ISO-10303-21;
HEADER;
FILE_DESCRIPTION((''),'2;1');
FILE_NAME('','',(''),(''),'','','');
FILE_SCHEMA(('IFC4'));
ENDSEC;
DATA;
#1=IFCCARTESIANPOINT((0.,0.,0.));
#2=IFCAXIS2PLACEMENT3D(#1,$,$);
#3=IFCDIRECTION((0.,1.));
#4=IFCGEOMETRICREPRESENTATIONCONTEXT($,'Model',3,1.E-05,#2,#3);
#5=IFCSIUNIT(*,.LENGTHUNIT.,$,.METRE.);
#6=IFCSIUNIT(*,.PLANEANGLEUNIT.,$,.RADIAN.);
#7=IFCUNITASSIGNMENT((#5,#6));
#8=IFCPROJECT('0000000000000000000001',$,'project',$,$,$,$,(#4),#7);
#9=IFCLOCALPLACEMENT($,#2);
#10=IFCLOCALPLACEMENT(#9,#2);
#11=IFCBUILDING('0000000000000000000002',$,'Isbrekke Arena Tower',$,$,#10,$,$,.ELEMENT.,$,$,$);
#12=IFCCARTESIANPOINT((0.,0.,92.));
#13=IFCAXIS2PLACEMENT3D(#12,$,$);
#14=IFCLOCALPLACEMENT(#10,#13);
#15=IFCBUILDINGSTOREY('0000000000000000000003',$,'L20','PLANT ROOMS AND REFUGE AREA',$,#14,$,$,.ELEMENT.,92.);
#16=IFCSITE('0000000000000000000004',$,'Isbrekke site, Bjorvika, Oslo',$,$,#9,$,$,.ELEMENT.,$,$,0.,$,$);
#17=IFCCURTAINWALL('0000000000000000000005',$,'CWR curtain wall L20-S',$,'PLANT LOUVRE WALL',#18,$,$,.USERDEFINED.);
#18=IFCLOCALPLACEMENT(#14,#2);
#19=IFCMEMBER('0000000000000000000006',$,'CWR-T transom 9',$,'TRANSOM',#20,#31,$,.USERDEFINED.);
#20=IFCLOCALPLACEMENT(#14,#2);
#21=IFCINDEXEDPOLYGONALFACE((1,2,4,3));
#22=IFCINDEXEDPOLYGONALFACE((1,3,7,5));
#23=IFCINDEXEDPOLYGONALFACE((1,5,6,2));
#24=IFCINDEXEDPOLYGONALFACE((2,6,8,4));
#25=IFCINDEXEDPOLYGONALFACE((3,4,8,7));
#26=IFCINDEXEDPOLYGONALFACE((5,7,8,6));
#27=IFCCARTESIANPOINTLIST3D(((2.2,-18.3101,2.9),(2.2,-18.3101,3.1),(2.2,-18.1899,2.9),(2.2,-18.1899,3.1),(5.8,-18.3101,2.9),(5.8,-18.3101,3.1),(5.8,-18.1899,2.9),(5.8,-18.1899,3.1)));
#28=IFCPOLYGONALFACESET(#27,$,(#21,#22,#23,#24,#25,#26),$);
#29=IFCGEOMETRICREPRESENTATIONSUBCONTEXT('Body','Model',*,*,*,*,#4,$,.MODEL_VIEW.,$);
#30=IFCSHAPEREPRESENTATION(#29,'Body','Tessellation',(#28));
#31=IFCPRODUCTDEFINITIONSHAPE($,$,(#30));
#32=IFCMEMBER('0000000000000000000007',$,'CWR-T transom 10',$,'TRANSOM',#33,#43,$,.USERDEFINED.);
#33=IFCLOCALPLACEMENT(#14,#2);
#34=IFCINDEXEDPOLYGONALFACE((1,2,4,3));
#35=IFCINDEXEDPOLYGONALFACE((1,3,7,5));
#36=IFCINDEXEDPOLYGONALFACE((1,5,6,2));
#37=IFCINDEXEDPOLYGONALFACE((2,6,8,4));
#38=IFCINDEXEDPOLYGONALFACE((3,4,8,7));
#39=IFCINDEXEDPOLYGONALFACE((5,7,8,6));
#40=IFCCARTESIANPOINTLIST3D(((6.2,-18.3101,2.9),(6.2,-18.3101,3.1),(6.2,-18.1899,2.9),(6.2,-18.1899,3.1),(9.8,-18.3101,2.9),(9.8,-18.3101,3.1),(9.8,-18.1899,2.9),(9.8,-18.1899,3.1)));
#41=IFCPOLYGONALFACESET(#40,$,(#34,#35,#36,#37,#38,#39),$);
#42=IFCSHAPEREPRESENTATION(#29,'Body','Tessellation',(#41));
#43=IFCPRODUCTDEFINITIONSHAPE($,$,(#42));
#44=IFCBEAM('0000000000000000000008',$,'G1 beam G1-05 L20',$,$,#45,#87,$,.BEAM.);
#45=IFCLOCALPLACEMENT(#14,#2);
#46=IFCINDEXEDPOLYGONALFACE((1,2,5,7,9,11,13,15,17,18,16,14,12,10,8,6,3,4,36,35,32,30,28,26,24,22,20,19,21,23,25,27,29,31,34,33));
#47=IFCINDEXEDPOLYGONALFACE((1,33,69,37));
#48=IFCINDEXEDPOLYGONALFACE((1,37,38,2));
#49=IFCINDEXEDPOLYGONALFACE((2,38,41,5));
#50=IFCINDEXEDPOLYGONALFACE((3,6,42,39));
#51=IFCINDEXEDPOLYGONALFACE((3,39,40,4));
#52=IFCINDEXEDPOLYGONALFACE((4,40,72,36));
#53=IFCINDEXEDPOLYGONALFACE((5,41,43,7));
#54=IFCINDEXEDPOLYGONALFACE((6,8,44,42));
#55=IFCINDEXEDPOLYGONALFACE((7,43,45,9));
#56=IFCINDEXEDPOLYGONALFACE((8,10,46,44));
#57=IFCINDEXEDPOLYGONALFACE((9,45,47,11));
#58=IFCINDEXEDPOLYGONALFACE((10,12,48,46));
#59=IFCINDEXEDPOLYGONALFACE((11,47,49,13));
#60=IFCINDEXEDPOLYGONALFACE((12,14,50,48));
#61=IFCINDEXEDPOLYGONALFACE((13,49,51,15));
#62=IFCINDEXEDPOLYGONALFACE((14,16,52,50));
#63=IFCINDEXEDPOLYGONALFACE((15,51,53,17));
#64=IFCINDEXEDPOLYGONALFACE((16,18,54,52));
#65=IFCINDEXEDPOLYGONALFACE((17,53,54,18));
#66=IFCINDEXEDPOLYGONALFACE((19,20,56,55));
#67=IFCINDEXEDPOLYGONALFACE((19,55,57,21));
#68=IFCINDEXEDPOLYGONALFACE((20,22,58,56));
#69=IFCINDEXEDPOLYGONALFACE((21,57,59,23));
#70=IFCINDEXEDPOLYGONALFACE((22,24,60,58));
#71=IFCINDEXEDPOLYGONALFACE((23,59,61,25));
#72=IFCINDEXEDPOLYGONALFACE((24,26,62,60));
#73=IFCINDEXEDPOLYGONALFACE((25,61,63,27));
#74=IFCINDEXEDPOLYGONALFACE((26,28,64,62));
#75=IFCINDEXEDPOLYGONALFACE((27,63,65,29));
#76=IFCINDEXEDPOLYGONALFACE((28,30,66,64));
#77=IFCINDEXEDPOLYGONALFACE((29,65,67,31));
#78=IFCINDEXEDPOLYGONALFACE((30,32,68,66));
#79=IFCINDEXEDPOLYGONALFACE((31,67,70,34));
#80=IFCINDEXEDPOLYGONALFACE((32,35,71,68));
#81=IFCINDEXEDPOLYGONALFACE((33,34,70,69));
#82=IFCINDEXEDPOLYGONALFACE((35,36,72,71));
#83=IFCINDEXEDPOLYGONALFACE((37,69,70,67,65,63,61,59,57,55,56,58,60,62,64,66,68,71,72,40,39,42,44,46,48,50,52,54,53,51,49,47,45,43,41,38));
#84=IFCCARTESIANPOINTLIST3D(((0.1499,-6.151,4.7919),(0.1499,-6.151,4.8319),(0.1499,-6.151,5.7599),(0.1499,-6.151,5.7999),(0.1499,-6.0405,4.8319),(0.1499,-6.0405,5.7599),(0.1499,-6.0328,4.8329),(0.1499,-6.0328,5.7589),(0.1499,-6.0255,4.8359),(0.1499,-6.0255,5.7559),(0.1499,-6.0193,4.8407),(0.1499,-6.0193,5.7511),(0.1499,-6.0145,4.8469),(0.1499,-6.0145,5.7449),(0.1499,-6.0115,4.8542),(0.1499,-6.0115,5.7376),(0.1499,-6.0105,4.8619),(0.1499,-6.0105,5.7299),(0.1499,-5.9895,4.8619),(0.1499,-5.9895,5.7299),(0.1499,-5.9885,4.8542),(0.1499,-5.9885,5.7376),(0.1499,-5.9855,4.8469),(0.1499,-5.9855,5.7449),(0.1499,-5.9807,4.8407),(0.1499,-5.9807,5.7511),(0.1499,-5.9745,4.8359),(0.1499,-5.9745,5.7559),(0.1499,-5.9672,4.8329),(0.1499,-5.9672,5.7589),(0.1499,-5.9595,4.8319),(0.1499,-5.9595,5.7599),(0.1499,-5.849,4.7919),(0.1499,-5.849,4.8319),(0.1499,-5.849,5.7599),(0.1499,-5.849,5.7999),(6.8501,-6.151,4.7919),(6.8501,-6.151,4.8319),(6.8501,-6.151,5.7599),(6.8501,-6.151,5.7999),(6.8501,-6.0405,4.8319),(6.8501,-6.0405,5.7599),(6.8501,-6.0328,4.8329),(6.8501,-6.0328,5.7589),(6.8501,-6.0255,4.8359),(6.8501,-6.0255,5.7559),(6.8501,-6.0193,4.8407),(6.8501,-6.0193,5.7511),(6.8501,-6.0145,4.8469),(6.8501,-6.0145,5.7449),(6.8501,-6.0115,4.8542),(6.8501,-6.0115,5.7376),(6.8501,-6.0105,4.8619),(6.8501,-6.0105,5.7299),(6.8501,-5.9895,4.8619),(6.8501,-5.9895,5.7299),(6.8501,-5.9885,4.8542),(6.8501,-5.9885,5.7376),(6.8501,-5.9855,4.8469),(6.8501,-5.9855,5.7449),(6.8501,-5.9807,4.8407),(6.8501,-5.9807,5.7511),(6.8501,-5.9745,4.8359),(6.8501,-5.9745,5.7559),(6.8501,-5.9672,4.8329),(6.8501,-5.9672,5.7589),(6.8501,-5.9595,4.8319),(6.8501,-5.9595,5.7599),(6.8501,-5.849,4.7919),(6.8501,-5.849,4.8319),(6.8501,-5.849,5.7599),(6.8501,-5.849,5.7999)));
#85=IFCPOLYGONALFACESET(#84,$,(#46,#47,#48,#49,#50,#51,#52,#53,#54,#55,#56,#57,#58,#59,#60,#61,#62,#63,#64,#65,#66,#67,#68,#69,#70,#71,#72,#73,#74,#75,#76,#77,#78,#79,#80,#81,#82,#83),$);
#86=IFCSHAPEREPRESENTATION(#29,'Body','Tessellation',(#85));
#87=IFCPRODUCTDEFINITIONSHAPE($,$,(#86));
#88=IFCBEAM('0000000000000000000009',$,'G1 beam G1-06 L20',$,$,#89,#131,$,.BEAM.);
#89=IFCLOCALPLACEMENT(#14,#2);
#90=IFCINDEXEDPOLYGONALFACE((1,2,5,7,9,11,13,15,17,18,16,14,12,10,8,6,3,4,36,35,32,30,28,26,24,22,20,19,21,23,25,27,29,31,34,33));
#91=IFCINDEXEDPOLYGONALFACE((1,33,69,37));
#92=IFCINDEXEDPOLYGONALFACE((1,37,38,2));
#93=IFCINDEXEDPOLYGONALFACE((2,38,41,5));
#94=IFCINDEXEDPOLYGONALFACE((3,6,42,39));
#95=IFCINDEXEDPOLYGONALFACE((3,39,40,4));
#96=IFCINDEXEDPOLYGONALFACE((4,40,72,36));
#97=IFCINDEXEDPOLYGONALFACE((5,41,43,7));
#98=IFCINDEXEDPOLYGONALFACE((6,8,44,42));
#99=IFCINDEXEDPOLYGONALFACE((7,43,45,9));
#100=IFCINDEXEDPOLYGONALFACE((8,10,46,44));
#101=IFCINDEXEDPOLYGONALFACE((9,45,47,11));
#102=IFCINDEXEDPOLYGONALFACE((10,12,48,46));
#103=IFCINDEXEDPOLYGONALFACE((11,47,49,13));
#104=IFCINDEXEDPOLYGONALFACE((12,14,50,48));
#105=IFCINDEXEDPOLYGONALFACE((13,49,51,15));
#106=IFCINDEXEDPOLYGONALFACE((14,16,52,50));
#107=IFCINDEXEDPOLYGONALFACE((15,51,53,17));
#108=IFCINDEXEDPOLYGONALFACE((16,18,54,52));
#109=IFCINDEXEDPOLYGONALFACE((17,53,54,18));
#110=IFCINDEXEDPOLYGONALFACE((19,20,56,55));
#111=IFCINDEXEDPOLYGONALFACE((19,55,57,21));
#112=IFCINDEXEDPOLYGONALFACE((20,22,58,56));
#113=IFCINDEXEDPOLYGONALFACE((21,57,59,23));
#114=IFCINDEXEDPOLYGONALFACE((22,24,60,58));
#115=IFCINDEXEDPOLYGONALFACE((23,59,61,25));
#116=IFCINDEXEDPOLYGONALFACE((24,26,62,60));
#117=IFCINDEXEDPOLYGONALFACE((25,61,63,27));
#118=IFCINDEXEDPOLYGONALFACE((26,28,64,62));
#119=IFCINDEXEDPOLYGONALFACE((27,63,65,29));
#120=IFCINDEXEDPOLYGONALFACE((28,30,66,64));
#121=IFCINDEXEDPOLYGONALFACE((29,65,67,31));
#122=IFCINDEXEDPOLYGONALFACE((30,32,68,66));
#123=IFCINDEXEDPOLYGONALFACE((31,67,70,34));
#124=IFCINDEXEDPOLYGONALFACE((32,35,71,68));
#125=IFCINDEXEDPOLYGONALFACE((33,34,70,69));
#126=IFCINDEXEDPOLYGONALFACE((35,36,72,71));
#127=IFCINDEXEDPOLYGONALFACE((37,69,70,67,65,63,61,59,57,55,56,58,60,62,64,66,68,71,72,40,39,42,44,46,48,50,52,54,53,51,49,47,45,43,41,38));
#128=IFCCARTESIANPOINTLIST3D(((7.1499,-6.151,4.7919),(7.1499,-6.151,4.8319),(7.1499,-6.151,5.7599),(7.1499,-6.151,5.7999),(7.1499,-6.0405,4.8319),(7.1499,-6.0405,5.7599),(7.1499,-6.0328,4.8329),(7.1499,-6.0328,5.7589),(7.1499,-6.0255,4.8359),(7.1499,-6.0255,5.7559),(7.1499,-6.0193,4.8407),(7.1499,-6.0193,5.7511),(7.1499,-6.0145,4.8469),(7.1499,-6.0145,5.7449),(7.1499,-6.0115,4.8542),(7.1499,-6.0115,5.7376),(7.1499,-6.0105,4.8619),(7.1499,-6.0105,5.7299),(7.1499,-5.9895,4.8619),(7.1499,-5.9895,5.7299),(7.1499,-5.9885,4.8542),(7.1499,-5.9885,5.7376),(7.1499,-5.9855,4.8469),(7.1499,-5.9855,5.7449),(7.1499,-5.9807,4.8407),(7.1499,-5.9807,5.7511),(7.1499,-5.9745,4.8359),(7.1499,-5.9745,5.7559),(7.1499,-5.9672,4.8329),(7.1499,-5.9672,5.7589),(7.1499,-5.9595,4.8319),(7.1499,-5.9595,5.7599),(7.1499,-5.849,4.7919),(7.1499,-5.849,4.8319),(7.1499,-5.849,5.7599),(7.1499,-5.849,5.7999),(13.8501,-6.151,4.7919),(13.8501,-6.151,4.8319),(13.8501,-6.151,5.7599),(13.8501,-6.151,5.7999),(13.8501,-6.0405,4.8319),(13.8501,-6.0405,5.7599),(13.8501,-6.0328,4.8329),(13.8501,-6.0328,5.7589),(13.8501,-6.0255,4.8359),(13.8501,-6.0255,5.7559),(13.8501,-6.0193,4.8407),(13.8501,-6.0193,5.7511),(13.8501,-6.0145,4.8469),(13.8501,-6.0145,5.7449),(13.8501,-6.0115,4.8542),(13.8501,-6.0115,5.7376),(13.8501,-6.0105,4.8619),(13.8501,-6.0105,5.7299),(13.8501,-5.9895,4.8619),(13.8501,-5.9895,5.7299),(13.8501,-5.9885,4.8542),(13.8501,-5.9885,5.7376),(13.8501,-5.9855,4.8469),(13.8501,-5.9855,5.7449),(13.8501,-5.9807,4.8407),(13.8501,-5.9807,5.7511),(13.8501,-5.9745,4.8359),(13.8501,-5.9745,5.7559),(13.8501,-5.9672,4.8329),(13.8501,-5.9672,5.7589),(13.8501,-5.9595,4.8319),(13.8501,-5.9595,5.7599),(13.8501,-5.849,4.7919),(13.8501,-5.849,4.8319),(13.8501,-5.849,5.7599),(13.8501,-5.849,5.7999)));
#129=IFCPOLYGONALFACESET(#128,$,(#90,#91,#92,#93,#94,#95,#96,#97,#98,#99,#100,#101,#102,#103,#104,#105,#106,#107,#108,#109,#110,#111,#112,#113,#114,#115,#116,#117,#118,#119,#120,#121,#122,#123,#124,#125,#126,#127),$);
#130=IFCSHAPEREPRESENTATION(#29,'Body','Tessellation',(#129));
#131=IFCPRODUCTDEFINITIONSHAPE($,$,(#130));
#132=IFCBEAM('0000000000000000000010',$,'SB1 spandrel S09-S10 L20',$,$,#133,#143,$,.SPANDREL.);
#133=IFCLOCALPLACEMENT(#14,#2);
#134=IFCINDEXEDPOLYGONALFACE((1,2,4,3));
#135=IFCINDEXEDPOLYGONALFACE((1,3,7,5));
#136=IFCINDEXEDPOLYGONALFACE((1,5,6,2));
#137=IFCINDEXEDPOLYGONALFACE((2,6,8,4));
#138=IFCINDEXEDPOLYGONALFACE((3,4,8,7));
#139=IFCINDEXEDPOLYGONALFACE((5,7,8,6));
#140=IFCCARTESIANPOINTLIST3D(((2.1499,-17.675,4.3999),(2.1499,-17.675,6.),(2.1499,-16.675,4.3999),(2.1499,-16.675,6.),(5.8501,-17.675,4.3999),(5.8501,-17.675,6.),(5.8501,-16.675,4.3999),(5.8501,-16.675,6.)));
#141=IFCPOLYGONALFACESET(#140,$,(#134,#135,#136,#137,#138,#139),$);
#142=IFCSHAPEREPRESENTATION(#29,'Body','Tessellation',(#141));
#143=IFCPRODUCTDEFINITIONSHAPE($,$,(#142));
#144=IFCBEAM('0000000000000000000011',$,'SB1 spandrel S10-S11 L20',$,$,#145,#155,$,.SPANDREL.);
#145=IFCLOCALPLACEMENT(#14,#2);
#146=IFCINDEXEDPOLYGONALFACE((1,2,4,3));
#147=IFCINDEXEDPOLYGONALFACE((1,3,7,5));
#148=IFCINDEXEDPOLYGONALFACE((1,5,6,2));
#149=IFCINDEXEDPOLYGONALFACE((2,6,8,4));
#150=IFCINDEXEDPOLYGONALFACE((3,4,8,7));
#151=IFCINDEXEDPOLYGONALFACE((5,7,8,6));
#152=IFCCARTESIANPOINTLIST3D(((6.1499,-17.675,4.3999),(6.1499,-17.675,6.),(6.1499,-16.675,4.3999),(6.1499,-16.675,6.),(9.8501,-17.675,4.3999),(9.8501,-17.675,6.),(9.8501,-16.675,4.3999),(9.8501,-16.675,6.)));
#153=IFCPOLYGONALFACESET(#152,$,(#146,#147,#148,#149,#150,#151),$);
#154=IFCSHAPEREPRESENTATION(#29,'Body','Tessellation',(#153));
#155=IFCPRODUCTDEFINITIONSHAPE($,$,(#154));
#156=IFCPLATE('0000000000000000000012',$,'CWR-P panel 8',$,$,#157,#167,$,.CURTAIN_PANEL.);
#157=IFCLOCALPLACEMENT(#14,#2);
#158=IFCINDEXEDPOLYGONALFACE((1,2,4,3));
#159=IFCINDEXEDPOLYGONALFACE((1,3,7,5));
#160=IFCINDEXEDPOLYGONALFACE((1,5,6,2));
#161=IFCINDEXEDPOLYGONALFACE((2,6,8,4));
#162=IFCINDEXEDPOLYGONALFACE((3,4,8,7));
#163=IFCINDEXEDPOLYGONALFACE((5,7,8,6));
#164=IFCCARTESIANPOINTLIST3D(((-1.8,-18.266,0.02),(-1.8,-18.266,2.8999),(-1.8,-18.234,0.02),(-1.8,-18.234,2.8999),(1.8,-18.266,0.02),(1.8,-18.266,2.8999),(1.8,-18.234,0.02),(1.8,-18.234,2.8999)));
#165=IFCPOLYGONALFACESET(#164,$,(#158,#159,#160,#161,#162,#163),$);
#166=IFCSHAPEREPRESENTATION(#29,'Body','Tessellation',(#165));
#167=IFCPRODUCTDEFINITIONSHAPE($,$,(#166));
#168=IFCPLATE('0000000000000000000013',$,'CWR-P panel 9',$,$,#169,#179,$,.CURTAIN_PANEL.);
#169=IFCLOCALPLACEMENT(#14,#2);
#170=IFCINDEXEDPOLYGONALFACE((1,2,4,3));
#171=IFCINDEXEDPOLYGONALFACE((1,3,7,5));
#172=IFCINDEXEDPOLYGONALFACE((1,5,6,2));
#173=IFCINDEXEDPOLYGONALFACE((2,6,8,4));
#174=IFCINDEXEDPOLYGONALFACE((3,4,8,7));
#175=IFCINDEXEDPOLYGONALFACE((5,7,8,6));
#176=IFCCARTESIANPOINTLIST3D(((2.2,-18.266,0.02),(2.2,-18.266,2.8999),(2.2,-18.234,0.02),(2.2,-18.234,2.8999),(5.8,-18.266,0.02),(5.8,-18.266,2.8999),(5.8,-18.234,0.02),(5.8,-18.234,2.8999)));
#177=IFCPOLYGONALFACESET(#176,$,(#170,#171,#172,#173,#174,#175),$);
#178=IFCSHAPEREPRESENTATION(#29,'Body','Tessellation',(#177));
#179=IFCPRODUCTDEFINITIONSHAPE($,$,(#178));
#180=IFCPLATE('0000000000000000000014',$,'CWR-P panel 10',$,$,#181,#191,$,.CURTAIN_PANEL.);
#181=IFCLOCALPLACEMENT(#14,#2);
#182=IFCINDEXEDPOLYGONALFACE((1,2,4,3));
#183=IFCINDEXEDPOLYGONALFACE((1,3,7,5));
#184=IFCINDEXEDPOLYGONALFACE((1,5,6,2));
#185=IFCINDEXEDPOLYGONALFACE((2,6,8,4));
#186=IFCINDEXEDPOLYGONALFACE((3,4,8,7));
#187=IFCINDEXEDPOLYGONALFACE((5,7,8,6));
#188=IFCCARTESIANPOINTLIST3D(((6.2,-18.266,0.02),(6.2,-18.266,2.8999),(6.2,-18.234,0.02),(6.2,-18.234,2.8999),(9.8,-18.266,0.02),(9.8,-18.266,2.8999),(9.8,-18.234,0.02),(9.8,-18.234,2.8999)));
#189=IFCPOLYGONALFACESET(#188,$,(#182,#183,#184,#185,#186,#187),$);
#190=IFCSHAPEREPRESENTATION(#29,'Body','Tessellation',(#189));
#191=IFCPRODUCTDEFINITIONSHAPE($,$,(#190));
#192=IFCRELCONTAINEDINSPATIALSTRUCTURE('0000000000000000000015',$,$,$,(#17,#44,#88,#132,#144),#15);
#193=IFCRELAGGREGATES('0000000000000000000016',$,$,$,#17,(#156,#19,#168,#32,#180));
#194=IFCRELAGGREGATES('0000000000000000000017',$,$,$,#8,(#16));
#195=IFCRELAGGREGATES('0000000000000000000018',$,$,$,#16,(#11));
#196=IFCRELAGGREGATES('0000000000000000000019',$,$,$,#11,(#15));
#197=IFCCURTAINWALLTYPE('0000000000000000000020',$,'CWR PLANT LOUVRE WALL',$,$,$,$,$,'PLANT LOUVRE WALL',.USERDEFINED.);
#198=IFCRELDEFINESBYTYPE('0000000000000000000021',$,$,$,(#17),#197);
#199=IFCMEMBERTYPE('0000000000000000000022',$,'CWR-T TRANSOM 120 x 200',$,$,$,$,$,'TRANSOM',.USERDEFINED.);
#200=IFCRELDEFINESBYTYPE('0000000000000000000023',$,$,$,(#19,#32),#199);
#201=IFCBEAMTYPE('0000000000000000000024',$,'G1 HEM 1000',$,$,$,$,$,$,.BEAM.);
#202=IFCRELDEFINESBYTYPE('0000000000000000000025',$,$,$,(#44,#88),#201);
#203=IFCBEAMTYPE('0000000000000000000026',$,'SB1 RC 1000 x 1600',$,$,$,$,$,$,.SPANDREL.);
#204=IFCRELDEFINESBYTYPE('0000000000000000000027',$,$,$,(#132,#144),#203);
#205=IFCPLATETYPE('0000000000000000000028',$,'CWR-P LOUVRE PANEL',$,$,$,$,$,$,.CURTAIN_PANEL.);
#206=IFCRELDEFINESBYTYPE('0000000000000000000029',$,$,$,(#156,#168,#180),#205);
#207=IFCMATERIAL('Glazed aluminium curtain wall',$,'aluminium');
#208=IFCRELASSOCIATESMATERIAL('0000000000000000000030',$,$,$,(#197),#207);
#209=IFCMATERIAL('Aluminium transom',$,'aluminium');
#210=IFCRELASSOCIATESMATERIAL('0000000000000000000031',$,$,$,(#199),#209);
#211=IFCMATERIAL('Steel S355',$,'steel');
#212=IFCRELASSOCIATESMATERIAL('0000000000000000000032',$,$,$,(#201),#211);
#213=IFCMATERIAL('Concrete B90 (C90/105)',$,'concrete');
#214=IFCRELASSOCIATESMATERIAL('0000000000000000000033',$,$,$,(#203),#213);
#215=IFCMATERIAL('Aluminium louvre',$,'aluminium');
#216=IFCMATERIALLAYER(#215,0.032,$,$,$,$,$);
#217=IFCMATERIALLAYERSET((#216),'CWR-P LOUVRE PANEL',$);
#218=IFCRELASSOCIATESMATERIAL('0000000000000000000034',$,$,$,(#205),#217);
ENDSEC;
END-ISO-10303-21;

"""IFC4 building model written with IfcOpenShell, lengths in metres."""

from ifc_helpers import new_model, si_unit, direction, frame, origin, origin_2d, place, context, subcontext, project, spatial, rectangle, i_section, extrude, material, layer, layer_set, material_profile, profile_set, type_object, element, aggregate, save


model = new_model("IFC4")

# Units and contexts
model_context = context("Model", 3, precision=1e-05, world=origin(), true_north=direction((0.0, 1.0)))
body_context = subcontext(model_context, "Body", "Model", "MODEL_VIEW")
ifc_project = project(units=[si_unit("LENGTHUNIT", "METRE"), si_unit("PLANEANGLEUNIT", "RADIAN")], contexts=[model_context])

# Site, building, storey
site_placement = place(None, origin())
site = spatial("IfcSite", under=ifc_project, at=site_placement, Name="Isbrekke site, Bjorvika, Oslo", CompositionType="ELEMENT", RefElevation=0.0)
building_placement = place(site_placement, origin())
building = spatial("IfcBuilding", under=site, at=building_placement, Name="Isbrekke Arena Tower", CompositionType="ELEMENT")
storey_placement = place(building_placement, frame((0.0, 0.0, 92.0)))
storey = spatial("IfcBuildingStorey", under=building, at=storey_placement, Name="L20", Description="PLANT ROOMS AND REFUGE AREA", CompositionType="ELEMENT", Elevation=92.0)

# Curtain wall, members
ifc_material_1 = material(Name="Glazed aluminium curtain wall", Category="aluminium")
curtain_wall_type = type_object("IfcCurtainWallType", Name="CWR PLANT LOUVRE WALL", ElementType="PLANT LOUVRE WALL", PredefinedType="USERDEFINED", material=ifc_material_1)
curtain_wall_placement = place(storey_placement, origin())
curtain_wall = element("IfcCurtainWall", 1, at=curtain_wall_placement, inside=storey, type_object=curtain_wall_type, Name="CWR curtain wall L20-S", ObjectType="PLANT LOUVRE WALL", PredefinedType="USERDEFINED")
ifc_material_2 = material(Name="Aluminium transom", Category="aluminium")
ifc_material_profile_1 = material_profile(ifc_material_2, rectangle(XDim=0.1201, YDim=0.2, at=origin_2d()), Name="TRANSOM 120X200")
ifc_profile_set_1 = profile_set([ifc_material_profile_1], Name="Aluminium transom")
member_type_1 = type_object("IfcMemberType", Name="CWR-T TRANSOM 120 x 200", ElementType="TRANSOM", PredefinedType="USERDEFINED", material=ifc_profile_set_1)
member_1_placement = place(storey_placement, frame((2.2, -18.25, 3.0), z_axis=(1.0, 0.0, 0.0), x_axis=(0.0, 1.0, 0.0)))
member_1 = element("IfcMember", 2, at=member_1_placement, type_object=member_type_1, Name="CWR-T transom 9", ObjectType="TRANSOM", PredefinedType="USERDEFINED", context=body_context, shape_type="SweptSolid", body=[
    extrude(rectangle(XDim=0.1201, YDim=0.2, at=origin_2d()), origin(), (0.0, 0.0, 1.0), 3.6001),
])
member_2_placement = place(storey_placement, frame((6.2, -18.25, 3.0), z_axis=(1.0, 0.0, 0.0), x_axis=(0.0, 1.0, 0.0)))
member_2 = element("IfcMember", 3, at=member_2_placement, type_object=member_type_1, Name="CWR-T transom 10", ObjectType="TRANSOM", PredefinedType="USERDEFINED", context=body_context, shape_type="SweptSolid", body=[
    extrude(rectangle(XDim=0.1201, YDim=0.2, at=origin_2d()), origin(), (0.0, 0.0, 1.0), 3.6001),
])

# Beams
ifc_material_3 = material(Name="Steel S355", Category="steel")
ifc_material_profile_2 = material_profile(ifc_material_3, i_section(OverallWidth=0.302, OverallDepth=1.0081, WebThickness=0.021, FlangeThickness=0.04, FilletRadius=0.03, at=origin_2d()), Name="HEM 1000")
ifc_profile_set_2 = profile_set([ifc_material_profile_2], Name="Steel S355")
beam_type_1 = type_object("IfcBeamType", Name="G1 HEM 1000", PredefinedType="BEAM", material=ifc_profile_set_2)
for number, where, z_axis, x_axis, name in (
    (4, (0.1499, -6.0, 5.2959), (1.0, 0.0, 0.0), (0.0, 1.0, 0.0), "G1 beam G1-05 L20"),
    (5, (7.1499, -6.0, 5.2959), (1.0, 0.0, 0.0), (0.0, 1.0, 0.0), "G1 beam G1-06 L20"),
):
    element("IfcBeam", number, at=place(storey_placement, frame(where, z_axis=z_axis, x_axis=x_axis)), inside=storey, type_object=beam_type_1, Name=name, PredefinedType="BEAM", context=body_context, shape_type="SweptSolid", body=[
        extrude(i_section(OverallWidth=0.302, OverallDepth=1.0081, WebThickness=0.021, FlangeThickness=0.04, FilletRadius=0.03, at=origin_2d()), origin(), (0.0, 0.0, 1.0), 6.7002),
    ])
ifc_material_4 = material(Name="Concrete B90 (C90/105)", Category="concrete")
ifc_material_profile_3 = material_profile(ifc_material_4, rectangle(XDim=1.0, YDim=1.6001, at=origin_2d()), Name="RC 1000x1600")
ifc_profile_set_3 = profile_set([ifc_material_profile_3], Name="Concrete B90 (C90/105)")
beam_type_2 = type_object("IfcBeamType", Name="SB1 RC 1000 x 1600", PredefinedType="SPANDREL", material=ifc_profile_set_3)
for number, where, z_axis, x_axis, name in (
    (6, (2.1499, -17.175, 5.2), (1.0, 0.0, 0.0), (0.0, 1.0, 0.0), "SB1 spandrel S09-S10 L20"),
    (7, (6.1499, -17.175, 5.2), (1.0, 0.0, 0.0), (0.0, 1.0, 0.0), "SB1 spandrel S10-S11 L20"),
):
    element("IfcBeam", number, at=place(storey_placement, frame(where, z_axis=z_axis, x_axis=x_axis)), inside=storey, type_object=beam_type_2, Name=name, PredefinedType="SPANDREL", context=body_context, shape_type="SweptSolid", body=[
        extrude(rectangle(XDim=1.0, YDim=1.6001, at=origin_2d()), origin(), (0.0, 0.0, 1.0), 3.7002),
    ])

# Plates
ifc_material_5 = material(Name="Aluminium louvre", Category="aluminium")
ifc_layer_1 = layer(ifc_material_5, 0.032)
ifc_layer_set_1 = layer_set([ifc_layer_1], Name="CWR-P LOUVRE PANEL")
plate_type = type_object("IfcPlateType", Name="CWR-P LOUVRE PANEL", PredefinedType="CURTAIN_PANEL", material=ifc_layer_set_1)
plate_1_placement = place(storey_placement, frame((0.0, -18.25, 0.02), z_axis=(0.0, 0.0, 1.0), x_axis=(1.0, 0.0, 0.0)))
plate_1 = element("IfcPlate", 8, at=plate_1_placement, type_object=plate_type, Name="CWR-P panel 8", PredefinedType="CURTAIN_PANEL", context=body_context, shape_type="SweptSolid", body=[
    extrude(rectangle(XDim=3.6001, YDim=0.032, at=origin_2d()), origin(), (0.0, 0.0, 1.0), 2.8799),
])
plate_2_placement = place(storey_placement, frame((4.0, -18.25, 0.02), z_axis=(0.0, 0.0, 1.0), x_axis=(1.0, 0.0, 0.0)))
plate_2 = element("IfcPlate", 9, at=plate_2_placement, type_object=plate_type, Name="CWR-P panel 9", PredefinedType="CURTAIN_PANEL", context=body_context, shape_type="SweptSolid", body=[
    extrude(rectangle(XDim=3.6001, YDim=0.032, at=origin_2d()), origin(), (0.0, 0.0, 1.0), 2.8799),
])
plate_3_placement = place(storey_placement, frame((8.0, -18.25, 0.02), z_axis=(0.0, 0.0, 1.0), x_axis=(1.0, 0.0, 0.0)))
plate_3 = element("IfcPlate", 10, at=plate_3_placement, type_object=plate_type, Name="CWR-P panel 10", PredefinedType="CURTAIN_PANEL", context=body_context, shape_type="SweptSolid", body=[
    extrude(rectangle(XDim=3.6001, YDim=0.032, at=origin_2d()), origin(), (0.0, 0.0, 1.0), 2.8799),
])
aggregate(curtain_wall, [plate_1, member_1, plate_2, member_2, plate_3])

save(model, "model.ifc")
